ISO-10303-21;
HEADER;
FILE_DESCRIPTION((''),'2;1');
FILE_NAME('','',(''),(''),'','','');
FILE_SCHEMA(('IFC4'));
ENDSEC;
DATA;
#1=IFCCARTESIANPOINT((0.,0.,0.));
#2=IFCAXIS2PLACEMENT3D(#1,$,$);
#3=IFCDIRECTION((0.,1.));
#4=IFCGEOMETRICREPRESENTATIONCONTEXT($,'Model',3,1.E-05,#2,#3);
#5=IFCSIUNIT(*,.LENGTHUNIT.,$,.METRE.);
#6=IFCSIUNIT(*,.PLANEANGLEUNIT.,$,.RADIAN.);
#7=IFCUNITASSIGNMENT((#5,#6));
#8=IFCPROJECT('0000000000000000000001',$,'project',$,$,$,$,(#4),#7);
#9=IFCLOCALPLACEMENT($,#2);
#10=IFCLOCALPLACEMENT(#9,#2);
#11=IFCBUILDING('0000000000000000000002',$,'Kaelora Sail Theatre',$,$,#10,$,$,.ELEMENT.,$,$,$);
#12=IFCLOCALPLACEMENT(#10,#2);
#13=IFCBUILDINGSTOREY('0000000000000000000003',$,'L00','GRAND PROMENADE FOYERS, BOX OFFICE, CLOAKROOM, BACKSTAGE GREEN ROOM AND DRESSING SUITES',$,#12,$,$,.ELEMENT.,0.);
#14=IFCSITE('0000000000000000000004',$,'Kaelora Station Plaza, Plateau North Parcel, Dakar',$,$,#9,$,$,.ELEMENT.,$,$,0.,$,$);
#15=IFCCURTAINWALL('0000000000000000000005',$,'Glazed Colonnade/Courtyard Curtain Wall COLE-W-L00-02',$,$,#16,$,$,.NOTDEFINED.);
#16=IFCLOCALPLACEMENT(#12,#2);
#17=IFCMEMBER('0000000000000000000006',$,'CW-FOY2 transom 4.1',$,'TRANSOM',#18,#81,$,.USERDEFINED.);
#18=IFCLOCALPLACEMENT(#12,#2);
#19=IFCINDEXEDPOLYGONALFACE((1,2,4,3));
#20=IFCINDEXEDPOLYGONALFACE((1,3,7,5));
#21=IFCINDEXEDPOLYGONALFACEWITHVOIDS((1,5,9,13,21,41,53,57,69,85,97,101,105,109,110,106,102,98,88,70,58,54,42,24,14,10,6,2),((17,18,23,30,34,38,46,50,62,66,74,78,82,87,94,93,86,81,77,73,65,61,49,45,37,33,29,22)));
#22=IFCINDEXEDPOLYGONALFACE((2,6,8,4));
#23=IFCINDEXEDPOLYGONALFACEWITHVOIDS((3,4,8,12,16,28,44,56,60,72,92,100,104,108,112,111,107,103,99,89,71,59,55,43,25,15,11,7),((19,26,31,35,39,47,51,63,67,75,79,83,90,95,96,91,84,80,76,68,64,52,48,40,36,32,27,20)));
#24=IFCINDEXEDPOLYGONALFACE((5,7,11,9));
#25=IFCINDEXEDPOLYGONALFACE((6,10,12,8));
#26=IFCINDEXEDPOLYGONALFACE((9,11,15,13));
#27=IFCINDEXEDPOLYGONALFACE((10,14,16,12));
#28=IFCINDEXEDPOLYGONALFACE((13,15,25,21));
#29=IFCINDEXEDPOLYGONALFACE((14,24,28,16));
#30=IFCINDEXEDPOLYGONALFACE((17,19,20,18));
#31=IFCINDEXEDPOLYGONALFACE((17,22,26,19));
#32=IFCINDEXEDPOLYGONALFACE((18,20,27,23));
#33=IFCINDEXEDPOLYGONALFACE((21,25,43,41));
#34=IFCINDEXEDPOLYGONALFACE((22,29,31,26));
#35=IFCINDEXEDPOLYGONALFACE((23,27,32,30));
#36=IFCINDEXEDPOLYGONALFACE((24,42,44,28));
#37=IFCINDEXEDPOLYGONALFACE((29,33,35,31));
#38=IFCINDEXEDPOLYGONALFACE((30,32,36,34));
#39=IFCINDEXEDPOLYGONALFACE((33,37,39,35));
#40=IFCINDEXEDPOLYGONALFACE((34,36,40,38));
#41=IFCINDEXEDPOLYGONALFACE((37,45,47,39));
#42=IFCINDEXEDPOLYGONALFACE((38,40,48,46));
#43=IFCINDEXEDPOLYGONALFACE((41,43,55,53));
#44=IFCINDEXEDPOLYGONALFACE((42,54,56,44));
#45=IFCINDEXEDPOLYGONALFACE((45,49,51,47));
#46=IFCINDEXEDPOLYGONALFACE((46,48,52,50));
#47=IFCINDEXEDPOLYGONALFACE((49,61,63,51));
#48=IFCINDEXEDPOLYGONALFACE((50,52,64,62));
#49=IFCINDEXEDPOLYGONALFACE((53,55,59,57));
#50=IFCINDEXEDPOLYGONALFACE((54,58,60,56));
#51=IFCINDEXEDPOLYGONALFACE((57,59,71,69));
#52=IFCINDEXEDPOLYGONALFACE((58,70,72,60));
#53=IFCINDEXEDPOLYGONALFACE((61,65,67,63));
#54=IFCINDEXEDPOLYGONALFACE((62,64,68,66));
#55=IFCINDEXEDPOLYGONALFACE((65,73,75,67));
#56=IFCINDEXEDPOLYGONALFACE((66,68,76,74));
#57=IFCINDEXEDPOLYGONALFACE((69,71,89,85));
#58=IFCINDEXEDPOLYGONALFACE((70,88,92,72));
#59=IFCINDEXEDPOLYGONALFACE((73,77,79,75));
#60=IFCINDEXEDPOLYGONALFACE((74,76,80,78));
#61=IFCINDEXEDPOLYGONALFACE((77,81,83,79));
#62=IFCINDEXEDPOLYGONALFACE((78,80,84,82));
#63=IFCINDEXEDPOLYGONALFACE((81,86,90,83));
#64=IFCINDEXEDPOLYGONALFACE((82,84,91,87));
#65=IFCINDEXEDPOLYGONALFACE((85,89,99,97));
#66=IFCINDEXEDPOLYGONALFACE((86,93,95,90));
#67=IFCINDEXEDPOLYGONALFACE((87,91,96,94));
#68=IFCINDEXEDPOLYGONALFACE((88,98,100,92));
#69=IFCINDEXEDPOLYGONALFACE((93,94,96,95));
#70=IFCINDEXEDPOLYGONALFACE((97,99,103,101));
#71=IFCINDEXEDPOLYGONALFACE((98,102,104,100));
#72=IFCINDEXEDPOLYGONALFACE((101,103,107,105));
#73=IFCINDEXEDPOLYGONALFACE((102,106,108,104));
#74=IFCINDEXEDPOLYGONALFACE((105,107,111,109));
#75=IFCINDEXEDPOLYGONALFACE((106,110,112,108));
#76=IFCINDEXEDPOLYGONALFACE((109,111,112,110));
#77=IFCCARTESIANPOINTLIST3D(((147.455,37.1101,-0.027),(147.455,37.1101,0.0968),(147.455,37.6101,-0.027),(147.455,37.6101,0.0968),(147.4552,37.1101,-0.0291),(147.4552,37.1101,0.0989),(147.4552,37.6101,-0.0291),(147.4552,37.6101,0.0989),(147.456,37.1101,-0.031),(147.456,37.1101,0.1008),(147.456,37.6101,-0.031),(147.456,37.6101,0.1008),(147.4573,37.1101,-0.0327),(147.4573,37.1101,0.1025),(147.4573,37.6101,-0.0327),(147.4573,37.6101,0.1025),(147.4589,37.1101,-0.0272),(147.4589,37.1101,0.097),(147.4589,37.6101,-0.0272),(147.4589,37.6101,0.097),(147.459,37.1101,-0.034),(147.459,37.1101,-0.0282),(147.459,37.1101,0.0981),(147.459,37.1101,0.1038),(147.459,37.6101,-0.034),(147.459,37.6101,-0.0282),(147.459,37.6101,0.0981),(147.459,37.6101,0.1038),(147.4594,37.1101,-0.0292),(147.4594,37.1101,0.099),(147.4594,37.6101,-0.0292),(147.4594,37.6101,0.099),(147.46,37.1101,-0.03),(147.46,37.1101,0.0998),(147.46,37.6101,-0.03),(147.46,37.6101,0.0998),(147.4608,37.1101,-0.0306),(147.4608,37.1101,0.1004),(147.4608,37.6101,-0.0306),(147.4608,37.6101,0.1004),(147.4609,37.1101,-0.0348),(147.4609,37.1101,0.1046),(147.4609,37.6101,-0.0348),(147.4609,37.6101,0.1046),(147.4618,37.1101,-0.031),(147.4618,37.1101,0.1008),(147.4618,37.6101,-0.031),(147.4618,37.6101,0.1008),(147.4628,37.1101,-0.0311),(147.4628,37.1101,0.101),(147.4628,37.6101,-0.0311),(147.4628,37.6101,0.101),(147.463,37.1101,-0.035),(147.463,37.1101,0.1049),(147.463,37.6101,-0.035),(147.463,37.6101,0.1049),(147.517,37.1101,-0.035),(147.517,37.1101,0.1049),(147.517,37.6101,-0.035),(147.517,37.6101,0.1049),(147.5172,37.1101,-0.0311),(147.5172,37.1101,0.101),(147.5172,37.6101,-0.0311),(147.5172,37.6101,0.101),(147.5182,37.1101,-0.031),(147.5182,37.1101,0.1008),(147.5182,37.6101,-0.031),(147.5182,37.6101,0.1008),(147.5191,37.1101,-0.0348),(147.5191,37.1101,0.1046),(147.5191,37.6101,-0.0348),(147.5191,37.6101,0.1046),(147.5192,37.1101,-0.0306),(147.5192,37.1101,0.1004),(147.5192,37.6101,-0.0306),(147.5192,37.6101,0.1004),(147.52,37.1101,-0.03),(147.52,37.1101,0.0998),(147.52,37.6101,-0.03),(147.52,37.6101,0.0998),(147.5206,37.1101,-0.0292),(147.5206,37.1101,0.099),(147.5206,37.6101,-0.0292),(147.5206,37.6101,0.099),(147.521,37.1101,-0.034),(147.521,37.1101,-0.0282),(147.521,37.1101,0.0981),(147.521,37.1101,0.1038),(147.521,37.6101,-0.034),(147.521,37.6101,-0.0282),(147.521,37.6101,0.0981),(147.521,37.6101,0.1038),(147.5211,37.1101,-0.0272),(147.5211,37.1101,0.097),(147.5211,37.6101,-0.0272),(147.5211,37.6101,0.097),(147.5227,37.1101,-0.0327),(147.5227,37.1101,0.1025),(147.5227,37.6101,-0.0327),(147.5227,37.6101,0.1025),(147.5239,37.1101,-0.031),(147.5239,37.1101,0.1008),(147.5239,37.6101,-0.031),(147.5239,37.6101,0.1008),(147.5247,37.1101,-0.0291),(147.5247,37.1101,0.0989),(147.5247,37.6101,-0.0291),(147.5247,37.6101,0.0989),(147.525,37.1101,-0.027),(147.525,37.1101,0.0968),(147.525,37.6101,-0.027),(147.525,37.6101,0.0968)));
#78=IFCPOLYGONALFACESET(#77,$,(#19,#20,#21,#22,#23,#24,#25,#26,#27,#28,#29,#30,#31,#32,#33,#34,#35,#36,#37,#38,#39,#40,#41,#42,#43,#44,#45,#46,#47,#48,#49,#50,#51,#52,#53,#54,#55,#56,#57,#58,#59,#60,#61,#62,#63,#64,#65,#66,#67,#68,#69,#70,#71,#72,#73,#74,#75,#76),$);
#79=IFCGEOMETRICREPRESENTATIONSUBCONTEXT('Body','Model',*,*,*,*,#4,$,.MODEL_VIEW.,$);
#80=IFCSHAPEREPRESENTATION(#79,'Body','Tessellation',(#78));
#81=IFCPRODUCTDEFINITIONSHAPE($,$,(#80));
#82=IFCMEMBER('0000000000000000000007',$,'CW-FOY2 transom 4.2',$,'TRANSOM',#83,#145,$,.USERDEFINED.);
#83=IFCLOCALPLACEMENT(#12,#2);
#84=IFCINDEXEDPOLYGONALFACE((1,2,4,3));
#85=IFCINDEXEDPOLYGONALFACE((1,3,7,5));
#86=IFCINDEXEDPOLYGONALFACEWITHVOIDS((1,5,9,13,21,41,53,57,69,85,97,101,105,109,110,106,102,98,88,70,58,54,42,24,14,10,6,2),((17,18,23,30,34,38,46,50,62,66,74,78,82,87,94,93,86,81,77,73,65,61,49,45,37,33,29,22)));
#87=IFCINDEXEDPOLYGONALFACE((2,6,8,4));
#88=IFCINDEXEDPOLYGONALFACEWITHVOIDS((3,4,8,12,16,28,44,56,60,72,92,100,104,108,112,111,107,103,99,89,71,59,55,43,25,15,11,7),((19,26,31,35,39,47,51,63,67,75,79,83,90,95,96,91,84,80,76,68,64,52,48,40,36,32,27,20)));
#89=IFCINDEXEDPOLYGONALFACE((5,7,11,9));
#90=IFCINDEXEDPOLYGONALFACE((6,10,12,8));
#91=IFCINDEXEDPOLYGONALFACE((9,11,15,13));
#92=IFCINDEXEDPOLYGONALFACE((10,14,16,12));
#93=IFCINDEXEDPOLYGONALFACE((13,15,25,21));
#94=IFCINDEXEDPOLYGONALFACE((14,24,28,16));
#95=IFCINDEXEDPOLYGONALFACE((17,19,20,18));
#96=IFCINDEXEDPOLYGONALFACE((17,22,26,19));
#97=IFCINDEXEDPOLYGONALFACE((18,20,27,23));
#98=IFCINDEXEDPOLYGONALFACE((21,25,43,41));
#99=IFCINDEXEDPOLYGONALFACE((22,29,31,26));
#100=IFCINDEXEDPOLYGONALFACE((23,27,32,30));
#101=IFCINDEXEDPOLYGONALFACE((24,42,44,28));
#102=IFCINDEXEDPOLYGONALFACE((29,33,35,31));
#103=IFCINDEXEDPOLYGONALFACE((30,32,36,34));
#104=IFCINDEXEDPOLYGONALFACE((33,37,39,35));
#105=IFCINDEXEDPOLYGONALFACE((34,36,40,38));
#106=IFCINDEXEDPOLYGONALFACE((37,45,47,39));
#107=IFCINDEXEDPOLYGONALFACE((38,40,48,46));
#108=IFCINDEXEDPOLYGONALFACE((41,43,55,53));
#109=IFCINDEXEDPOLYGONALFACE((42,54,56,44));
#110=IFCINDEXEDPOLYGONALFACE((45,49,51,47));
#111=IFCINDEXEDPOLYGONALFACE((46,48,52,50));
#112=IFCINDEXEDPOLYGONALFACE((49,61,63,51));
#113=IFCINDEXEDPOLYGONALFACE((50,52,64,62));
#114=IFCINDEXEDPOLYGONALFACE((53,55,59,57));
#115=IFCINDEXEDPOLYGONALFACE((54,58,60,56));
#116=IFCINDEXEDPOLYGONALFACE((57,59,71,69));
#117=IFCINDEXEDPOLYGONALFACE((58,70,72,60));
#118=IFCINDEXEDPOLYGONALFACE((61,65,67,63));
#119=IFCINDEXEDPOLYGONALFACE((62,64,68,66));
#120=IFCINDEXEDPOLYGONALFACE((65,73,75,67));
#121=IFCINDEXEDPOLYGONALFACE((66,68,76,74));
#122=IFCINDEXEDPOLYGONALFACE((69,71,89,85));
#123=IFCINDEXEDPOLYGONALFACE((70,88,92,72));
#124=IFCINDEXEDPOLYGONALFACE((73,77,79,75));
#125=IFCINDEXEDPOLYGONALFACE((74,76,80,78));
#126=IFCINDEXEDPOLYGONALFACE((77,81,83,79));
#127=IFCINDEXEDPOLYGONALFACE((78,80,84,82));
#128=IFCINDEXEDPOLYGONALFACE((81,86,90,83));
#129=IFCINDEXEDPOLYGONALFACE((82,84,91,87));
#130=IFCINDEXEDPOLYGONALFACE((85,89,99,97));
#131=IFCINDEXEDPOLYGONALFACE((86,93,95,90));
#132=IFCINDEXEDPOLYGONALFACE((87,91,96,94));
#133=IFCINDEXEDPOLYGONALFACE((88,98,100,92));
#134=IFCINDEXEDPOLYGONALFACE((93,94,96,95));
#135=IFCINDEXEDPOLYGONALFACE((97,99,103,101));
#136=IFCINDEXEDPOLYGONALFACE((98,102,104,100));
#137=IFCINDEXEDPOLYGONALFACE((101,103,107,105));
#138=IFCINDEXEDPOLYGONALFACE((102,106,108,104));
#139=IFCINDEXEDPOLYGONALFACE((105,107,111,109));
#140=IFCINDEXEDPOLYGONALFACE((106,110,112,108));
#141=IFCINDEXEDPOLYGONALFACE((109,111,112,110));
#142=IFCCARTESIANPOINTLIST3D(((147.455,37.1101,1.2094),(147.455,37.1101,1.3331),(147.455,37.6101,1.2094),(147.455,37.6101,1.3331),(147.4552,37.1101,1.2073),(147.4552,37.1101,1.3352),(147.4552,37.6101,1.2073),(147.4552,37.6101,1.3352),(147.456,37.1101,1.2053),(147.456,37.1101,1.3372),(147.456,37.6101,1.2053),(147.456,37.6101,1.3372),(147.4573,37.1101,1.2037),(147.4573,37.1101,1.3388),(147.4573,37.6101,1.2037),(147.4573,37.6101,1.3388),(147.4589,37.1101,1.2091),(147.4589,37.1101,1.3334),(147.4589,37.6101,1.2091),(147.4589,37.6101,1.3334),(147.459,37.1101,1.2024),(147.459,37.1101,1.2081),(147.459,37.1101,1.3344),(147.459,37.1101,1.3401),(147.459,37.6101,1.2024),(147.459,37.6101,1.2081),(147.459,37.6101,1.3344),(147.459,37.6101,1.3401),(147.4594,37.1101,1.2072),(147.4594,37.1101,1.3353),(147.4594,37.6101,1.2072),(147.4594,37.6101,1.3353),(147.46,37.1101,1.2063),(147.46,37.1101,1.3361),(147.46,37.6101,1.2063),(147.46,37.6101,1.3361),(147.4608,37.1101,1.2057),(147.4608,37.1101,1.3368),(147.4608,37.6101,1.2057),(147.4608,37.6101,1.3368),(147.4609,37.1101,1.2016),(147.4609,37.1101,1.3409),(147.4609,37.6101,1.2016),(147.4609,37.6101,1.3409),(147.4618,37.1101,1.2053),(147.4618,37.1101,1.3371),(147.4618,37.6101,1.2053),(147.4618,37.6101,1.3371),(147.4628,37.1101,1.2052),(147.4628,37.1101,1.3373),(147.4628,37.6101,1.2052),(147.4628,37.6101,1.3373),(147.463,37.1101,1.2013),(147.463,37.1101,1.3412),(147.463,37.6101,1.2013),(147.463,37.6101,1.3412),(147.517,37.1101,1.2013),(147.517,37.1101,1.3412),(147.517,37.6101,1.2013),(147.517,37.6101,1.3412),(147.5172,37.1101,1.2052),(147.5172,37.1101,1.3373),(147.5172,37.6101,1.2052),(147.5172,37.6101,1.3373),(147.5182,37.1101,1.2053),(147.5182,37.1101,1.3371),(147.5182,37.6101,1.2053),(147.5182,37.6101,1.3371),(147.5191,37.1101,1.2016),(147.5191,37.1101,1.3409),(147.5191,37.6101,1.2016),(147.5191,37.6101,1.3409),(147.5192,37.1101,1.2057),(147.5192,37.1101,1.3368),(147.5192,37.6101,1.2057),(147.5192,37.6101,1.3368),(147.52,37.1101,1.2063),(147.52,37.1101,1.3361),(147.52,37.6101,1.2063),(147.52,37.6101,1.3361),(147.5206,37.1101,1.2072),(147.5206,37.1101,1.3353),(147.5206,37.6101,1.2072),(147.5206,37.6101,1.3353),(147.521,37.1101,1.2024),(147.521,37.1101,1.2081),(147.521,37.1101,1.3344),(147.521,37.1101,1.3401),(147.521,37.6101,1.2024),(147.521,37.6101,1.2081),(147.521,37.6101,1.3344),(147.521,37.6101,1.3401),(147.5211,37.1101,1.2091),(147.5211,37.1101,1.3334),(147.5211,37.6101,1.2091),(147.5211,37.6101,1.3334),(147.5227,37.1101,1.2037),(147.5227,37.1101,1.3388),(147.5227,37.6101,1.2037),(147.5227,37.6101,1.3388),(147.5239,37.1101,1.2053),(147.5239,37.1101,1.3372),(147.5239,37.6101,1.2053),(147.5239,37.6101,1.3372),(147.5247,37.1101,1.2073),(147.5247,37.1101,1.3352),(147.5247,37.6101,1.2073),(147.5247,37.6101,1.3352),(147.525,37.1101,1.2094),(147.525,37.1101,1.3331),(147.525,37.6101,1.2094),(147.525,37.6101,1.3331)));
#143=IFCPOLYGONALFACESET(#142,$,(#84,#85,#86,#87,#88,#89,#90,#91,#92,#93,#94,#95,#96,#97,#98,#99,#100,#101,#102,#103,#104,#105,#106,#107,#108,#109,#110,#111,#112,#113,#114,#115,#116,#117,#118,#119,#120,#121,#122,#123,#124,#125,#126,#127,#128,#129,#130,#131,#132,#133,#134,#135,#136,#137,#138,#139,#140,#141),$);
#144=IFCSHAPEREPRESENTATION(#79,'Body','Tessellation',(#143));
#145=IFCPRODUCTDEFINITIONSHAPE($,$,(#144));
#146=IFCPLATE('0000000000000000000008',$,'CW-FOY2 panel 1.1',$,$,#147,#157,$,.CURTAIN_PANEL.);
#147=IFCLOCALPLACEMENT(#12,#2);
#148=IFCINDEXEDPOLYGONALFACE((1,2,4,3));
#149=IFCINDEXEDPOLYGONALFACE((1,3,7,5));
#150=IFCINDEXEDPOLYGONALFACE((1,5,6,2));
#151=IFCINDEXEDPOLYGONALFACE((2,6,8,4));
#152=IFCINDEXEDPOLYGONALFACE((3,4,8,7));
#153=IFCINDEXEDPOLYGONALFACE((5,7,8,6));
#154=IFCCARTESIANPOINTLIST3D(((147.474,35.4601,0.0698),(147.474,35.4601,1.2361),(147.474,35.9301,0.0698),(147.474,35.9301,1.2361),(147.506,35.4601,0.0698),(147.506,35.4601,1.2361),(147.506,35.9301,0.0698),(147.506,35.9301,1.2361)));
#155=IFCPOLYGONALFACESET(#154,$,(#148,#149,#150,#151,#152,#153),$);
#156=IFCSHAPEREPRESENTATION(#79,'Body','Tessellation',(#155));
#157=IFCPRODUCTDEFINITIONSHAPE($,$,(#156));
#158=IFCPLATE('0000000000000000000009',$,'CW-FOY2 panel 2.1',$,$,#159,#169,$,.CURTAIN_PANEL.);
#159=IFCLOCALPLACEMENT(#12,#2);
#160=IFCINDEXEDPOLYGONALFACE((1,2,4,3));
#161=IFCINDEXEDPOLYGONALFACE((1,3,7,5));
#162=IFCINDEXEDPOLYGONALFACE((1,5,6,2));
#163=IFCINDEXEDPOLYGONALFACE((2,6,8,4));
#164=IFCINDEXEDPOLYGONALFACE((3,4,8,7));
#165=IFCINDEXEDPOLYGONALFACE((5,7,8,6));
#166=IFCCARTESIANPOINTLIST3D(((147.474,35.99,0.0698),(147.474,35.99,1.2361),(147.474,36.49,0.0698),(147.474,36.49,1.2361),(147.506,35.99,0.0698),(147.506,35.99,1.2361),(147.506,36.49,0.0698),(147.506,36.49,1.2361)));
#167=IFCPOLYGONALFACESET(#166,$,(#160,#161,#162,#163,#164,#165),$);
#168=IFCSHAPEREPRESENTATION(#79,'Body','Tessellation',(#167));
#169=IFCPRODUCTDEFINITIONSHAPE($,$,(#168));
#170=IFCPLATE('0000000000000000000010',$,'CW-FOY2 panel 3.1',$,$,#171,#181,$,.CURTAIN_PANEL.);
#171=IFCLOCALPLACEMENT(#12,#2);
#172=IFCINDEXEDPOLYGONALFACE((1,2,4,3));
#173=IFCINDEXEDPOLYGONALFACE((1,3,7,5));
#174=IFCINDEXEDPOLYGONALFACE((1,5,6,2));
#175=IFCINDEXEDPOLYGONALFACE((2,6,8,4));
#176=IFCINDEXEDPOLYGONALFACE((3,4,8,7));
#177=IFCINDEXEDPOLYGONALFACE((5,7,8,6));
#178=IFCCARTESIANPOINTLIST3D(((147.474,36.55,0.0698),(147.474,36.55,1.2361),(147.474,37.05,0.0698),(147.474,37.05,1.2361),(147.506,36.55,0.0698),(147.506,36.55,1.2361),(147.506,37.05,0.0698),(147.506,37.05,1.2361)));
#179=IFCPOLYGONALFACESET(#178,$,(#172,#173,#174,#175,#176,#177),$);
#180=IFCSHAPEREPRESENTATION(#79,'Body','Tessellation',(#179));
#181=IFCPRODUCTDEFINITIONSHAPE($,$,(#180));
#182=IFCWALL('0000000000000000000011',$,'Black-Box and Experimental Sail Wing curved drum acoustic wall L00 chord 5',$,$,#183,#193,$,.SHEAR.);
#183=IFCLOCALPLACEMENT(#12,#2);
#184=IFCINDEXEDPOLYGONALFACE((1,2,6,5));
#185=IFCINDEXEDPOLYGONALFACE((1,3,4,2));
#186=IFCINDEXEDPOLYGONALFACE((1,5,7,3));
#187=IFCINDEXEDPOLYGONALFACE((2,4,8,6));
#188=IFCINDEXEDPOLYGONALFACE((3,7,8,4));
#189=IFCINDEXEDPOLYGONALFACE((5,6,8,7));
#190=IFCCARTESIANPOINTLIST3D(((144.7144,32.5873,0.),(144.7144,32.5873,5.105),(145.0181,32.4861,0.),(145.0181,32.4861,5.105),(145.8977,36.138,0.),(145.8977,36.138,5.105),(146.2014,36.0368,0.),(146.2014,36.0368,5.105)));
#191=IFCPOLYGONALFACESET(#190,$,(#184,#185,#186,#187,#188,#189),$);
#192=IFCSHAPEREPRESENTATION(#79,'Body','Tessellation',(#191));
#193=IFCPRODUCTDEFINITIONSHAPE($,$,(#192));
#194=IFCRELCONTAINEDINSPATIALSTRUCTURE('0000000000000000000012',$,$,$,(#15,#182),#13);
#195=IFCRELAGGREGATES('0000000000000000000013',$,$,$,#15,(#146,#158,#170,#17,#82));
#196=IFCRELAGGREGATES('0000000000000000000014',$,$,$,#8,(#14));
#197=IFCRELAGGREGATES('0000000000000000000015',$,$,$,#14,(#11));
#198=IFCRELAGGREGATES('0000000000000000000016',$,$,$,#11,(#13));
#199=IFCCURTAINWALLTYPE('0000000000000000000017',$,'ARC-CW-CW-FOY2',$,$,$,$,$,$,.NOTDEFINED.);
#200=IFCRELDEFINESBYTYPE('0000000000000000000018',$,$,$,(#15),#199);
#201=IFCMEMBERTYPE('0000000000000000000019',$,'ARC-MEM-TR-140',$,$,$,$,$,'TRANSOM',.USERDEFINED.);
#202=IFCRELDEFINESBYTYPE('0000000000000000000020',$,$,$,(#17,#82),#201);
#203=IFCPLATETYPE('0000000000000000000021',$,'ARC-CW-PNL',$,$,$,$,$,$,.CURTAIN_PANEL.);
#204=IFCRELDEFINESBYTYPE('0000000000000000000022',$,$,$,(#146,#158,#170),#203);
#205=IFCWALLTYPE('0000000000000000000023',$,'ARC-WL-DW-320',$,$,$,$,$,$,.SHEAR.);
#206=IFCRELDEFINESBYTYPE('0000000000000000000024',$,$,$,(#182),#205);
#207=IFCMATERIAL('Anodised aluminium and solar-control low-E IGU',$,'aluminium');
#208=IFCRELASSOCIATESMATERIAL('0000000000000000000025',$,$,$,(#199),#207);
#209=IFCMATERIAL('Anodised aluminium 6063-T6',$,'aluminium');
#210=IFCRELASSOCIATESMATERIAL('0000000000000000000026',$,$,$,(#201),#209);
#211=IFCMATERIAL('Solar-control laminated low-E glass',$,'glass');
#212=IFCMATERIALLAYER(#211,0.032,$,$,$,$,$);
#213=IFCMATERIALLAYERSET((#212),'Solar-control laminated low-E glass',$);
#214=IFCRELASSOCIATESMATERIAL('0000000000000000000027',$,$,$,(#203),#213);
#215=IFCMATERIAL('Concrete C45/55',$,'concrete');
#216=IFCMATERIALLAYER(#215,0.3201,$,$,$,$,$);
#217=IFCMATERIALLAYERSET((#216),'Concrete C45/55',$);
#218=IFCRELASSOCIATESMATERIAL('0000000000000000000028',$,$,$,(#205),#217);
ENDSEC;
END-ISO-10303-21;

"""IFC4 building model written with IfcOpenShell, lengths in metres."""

from ifc_helpers import new_model, si_unit, direction, frame, frame_2d, origin, origin_2d, place, context, subcontext, project, spatial, rectangle, hollow_rectangle, extrude, material, layer, layer_set, material_profile, profile_set, type_object, element, aggregate, save


model = new_model("IFC4")

# Units and contexts
model_context = context("Model", 3, precision=1e-05, world=origin(), true_north=direction((0.0, 1.0)))
body_context = subcontext(model_context, "Body", "Model", "MODEL_VIEW")
ifc_project = project(units=[si_unit("LENGTHUNIT", "METRE"), si_unit("PLANEANGLEUNIT", "RADIAN")], contexts=[model_context])

# Site, building, storey
site_placement = place(None, origin())
site = spatial("IfcSite", under=ifc_project, at=site_placement, Name="Kaelora Station Plaza, Plateau North Parcel, Dakar", CompositionType="ELEMENT", RefElevation=0.0)
building_placement = place(site_placement, origin())
building = spatial("IfcBuilding", under=site, at=building_placement, Name="Kaelora Sail Theatre", CompositionType="ELEMENT")
storey_placement = place(building_placement, origin())
storey = spatial("IfcBuildingStorey", under=building, at=storey_placement, Name="L00", Description="GRAND PROMENADE FOYERS, BOX OFFICE, CLOAKROOM, BACKSTAGE GREEN ROOM AND DRESSING SUITES", CompositionType="ELEMENT", Elevation=0.0)

# Shared definitions
ifc_material_1 = material(Name="Anodised aluminium and solar-control low-E IGU", Category="aluminium")
curtain_wall_type = type_object("IfcCurtainWallType", Name="ARC-CW-CW-FOY2", PredefinedType="NOTDEFINED", material=ifc_material_1)

# Curtain wall
curtain_wall_1_placement = place(storey_placement, origin())
curtain_wall_1 = element("IfcCurtainWall", 1, at=curtain_wall_1_placement, inside=storey, type_object=curtain_wall_type, Name="Glazed Colonnade/Courtyard Curtain Wall COLE-W-L00-02", PredefinedType="NOTDEFINED")

# Members
ifc_material_2 = material(Name="Anodised aluminium 6063-T6", Category="aluminium")
ifc_material_profile_1 = material_profile(ifc_material_2, hollow_rectangle(XDim=0.0701, YDim=0.1399, WallThickness=0.0039, InnerFilletRadius=0.0039, OuterFilletRadius=0.0081, at=origin_2d()), Name="ALU-TRAN 70x140x4")
ifc_profile_set_1 = profile_set([ifc_material_profile_1], Name="Anodised aluminium 6063-T6")
member_type_1 = type_object("IfcMemberType", Name="ARC-MEM-TR-140", ElementType="TRANSOM", PredefinedType="USERDEFINED", material=ifc_profile_set_1)
member_1_placement = place(storey_placement, frame((147.49, 37.1101, 0.0349), z_axis=(0.0, 1.0, 0.0), x_axis=(-1.0, 0.0, 0.0)))
member_1 = element("IfcMember", 2, at=member_1_placement, type_object=member_type_1, Name="CW-FOY2 transom 4.1", ObjectType="TRANSOM", PredefinedType="USERDEFINED", context=body_context, shape_type="SweptSolid", body=[
    extrude(hollow_rectangle(XDim=0.0701, YDim=0.1399, WallThickness=0.0039, InnerFilletRadius=0.0039, OuterFilletRadius=0.0081, at=origin_2d()), origin(), (0.0, 0.0, 1.0), 0.5),
])
member_2_placement = place(storey_placement, frame((147.49, 37.1101, 1.2712), z_axis=(0.0, 1.0, 0.0), x_axis=(-1.0, 0.0, 0.0)))
member_2 = element("IfcMember", 3, at=member_2_placement, type_object=member_type_1, Name="CW-FOY2 transom 4.2", ObjectType="TRANSOM", PredefinedType="USERDEFINED", context=body_context, shape_type="SweptSolid", body=[
    extrude(hollow_rectangle(XDim=0.0701, YDim=0.1399, WallThickness=0.0039, InnerFilletRadius=0.0039, OuterFilletRadius=0.0081, at=origin_2d()), origin(), (0.0, 0.0, 1.0), 0.5),
])

# Plates
ifc_material_3 = material(Name="Solar-control laminated low-E glass", Category="glass")
ifc_layer_1 = layer(ifc_material_3, 0.032)
ifc_layer_set_1 = layer_set([ifc_layer_1], Name="Solar-control laminated low-E glass")
plate_type = type_object("IfcPlateType", Name="ARC-CW-PNL", PredefinedType="CURTAIN_PANEL", material=ifc_layer_set_1)
plate_1_placement = place(storey_placement, frame((147.49, 35.6951, 0.0698), z_axis=(0.0, 0.0, 1.0), x_axis=(0.0, 1.0, 0.0)))
plate_1 = element("IfcPlate", 4, at=plate_1_placement, type_object=plate_type, Name="CW-FOY2 panel 1.1", PredefinedType="CURTAIN_PANEL", context=body_context, shape_type="SweptSolid", body=[
    extrude(rectangle(XDim=0.47, YDim=0.032, at=origin_2d()), origin(), (0.0, 0.0, 1.0), 1.1663),
])
plate_2_placement = place(storey_placement, frame((147.49, 36.24, 0.0698), z_axis=(0.0, 0.0, 1.0), x_axis=(0.0, 1.0, 0.0)))
plate_2 = element("IfcPlate", 5, at=plate_2_placement, type_object=plate_type, Name="CW-FOY2 panel 2.1", PredefinedType="CURTAIN_PANEL", context=body_context, shape_type="SweptSolid", body=[
    extrude(rectangle(XDim=0.5, YDim=0.032, at=origin_2d()), origin(), (0.0, 0.0, 1.0), 1.1663),
])
plate_3_placement = place(storey_placement, frame((147.49, 36.8, 0.0698), z_axis=(0.0, 0.0, 1.0), x_axis=(0.0, 1.0, 0.0)))
plate_3 = element("IfcPlate", 6, at=plate_3_placement, type_object=plate_type, Name="CW-FOY2 panel 3.1", PredefinedType="CURTAIN_PANEL", context=body_context, shape_type="SweptSolid", body=[
    extrude(rectangle(XDim=0.5, YDim=0.032, at=origin_2d()), origin(), (0.0, 0.0, 1.0), 1.1663),
])
aggregate(curtain_wall_1, [plate_1, plate_2, plate_3, member_1, member_2])

# Wall
ifc_material_4 = material(Name="Concrete C45/55", Category="concrete")
ifc_layer_2 = layer(ifc_material_4, 0.3201)
ifc_layer_set_2 = layer_set([ifc_layer_2], Name="Concrete C45/55")
wall_type = type_object("IfcWallType", Name="ARC-WL-DW-320", PredefinedType="SHEAR", material=ifc_layer_set_2)
wall_placement = place(storey_placement, frame((146.0496, 36.0874, 0.0), z_axis=(0.0, 0.0, 1.0), x_axis=(-0.316169, -0.948703, 0.0)))
element("IfcWall", 7, at=wall_placement, inside=storey, type_object=wall_type, Name="Black-Box and Experimental Sail Wing curved drum acoustic wall L00 chord 5", PredefinedType="SHEAR", context=body_context, shape_type="SweptSolid", body=[
    extrude(rectangle(XDim=3.7427, YDim=0.3201, at=frame_2d((1.8713, 0.0))), origin(), (0.0, 0.0, 1.0), 5.105),
])

save(model, "model.ifc")
